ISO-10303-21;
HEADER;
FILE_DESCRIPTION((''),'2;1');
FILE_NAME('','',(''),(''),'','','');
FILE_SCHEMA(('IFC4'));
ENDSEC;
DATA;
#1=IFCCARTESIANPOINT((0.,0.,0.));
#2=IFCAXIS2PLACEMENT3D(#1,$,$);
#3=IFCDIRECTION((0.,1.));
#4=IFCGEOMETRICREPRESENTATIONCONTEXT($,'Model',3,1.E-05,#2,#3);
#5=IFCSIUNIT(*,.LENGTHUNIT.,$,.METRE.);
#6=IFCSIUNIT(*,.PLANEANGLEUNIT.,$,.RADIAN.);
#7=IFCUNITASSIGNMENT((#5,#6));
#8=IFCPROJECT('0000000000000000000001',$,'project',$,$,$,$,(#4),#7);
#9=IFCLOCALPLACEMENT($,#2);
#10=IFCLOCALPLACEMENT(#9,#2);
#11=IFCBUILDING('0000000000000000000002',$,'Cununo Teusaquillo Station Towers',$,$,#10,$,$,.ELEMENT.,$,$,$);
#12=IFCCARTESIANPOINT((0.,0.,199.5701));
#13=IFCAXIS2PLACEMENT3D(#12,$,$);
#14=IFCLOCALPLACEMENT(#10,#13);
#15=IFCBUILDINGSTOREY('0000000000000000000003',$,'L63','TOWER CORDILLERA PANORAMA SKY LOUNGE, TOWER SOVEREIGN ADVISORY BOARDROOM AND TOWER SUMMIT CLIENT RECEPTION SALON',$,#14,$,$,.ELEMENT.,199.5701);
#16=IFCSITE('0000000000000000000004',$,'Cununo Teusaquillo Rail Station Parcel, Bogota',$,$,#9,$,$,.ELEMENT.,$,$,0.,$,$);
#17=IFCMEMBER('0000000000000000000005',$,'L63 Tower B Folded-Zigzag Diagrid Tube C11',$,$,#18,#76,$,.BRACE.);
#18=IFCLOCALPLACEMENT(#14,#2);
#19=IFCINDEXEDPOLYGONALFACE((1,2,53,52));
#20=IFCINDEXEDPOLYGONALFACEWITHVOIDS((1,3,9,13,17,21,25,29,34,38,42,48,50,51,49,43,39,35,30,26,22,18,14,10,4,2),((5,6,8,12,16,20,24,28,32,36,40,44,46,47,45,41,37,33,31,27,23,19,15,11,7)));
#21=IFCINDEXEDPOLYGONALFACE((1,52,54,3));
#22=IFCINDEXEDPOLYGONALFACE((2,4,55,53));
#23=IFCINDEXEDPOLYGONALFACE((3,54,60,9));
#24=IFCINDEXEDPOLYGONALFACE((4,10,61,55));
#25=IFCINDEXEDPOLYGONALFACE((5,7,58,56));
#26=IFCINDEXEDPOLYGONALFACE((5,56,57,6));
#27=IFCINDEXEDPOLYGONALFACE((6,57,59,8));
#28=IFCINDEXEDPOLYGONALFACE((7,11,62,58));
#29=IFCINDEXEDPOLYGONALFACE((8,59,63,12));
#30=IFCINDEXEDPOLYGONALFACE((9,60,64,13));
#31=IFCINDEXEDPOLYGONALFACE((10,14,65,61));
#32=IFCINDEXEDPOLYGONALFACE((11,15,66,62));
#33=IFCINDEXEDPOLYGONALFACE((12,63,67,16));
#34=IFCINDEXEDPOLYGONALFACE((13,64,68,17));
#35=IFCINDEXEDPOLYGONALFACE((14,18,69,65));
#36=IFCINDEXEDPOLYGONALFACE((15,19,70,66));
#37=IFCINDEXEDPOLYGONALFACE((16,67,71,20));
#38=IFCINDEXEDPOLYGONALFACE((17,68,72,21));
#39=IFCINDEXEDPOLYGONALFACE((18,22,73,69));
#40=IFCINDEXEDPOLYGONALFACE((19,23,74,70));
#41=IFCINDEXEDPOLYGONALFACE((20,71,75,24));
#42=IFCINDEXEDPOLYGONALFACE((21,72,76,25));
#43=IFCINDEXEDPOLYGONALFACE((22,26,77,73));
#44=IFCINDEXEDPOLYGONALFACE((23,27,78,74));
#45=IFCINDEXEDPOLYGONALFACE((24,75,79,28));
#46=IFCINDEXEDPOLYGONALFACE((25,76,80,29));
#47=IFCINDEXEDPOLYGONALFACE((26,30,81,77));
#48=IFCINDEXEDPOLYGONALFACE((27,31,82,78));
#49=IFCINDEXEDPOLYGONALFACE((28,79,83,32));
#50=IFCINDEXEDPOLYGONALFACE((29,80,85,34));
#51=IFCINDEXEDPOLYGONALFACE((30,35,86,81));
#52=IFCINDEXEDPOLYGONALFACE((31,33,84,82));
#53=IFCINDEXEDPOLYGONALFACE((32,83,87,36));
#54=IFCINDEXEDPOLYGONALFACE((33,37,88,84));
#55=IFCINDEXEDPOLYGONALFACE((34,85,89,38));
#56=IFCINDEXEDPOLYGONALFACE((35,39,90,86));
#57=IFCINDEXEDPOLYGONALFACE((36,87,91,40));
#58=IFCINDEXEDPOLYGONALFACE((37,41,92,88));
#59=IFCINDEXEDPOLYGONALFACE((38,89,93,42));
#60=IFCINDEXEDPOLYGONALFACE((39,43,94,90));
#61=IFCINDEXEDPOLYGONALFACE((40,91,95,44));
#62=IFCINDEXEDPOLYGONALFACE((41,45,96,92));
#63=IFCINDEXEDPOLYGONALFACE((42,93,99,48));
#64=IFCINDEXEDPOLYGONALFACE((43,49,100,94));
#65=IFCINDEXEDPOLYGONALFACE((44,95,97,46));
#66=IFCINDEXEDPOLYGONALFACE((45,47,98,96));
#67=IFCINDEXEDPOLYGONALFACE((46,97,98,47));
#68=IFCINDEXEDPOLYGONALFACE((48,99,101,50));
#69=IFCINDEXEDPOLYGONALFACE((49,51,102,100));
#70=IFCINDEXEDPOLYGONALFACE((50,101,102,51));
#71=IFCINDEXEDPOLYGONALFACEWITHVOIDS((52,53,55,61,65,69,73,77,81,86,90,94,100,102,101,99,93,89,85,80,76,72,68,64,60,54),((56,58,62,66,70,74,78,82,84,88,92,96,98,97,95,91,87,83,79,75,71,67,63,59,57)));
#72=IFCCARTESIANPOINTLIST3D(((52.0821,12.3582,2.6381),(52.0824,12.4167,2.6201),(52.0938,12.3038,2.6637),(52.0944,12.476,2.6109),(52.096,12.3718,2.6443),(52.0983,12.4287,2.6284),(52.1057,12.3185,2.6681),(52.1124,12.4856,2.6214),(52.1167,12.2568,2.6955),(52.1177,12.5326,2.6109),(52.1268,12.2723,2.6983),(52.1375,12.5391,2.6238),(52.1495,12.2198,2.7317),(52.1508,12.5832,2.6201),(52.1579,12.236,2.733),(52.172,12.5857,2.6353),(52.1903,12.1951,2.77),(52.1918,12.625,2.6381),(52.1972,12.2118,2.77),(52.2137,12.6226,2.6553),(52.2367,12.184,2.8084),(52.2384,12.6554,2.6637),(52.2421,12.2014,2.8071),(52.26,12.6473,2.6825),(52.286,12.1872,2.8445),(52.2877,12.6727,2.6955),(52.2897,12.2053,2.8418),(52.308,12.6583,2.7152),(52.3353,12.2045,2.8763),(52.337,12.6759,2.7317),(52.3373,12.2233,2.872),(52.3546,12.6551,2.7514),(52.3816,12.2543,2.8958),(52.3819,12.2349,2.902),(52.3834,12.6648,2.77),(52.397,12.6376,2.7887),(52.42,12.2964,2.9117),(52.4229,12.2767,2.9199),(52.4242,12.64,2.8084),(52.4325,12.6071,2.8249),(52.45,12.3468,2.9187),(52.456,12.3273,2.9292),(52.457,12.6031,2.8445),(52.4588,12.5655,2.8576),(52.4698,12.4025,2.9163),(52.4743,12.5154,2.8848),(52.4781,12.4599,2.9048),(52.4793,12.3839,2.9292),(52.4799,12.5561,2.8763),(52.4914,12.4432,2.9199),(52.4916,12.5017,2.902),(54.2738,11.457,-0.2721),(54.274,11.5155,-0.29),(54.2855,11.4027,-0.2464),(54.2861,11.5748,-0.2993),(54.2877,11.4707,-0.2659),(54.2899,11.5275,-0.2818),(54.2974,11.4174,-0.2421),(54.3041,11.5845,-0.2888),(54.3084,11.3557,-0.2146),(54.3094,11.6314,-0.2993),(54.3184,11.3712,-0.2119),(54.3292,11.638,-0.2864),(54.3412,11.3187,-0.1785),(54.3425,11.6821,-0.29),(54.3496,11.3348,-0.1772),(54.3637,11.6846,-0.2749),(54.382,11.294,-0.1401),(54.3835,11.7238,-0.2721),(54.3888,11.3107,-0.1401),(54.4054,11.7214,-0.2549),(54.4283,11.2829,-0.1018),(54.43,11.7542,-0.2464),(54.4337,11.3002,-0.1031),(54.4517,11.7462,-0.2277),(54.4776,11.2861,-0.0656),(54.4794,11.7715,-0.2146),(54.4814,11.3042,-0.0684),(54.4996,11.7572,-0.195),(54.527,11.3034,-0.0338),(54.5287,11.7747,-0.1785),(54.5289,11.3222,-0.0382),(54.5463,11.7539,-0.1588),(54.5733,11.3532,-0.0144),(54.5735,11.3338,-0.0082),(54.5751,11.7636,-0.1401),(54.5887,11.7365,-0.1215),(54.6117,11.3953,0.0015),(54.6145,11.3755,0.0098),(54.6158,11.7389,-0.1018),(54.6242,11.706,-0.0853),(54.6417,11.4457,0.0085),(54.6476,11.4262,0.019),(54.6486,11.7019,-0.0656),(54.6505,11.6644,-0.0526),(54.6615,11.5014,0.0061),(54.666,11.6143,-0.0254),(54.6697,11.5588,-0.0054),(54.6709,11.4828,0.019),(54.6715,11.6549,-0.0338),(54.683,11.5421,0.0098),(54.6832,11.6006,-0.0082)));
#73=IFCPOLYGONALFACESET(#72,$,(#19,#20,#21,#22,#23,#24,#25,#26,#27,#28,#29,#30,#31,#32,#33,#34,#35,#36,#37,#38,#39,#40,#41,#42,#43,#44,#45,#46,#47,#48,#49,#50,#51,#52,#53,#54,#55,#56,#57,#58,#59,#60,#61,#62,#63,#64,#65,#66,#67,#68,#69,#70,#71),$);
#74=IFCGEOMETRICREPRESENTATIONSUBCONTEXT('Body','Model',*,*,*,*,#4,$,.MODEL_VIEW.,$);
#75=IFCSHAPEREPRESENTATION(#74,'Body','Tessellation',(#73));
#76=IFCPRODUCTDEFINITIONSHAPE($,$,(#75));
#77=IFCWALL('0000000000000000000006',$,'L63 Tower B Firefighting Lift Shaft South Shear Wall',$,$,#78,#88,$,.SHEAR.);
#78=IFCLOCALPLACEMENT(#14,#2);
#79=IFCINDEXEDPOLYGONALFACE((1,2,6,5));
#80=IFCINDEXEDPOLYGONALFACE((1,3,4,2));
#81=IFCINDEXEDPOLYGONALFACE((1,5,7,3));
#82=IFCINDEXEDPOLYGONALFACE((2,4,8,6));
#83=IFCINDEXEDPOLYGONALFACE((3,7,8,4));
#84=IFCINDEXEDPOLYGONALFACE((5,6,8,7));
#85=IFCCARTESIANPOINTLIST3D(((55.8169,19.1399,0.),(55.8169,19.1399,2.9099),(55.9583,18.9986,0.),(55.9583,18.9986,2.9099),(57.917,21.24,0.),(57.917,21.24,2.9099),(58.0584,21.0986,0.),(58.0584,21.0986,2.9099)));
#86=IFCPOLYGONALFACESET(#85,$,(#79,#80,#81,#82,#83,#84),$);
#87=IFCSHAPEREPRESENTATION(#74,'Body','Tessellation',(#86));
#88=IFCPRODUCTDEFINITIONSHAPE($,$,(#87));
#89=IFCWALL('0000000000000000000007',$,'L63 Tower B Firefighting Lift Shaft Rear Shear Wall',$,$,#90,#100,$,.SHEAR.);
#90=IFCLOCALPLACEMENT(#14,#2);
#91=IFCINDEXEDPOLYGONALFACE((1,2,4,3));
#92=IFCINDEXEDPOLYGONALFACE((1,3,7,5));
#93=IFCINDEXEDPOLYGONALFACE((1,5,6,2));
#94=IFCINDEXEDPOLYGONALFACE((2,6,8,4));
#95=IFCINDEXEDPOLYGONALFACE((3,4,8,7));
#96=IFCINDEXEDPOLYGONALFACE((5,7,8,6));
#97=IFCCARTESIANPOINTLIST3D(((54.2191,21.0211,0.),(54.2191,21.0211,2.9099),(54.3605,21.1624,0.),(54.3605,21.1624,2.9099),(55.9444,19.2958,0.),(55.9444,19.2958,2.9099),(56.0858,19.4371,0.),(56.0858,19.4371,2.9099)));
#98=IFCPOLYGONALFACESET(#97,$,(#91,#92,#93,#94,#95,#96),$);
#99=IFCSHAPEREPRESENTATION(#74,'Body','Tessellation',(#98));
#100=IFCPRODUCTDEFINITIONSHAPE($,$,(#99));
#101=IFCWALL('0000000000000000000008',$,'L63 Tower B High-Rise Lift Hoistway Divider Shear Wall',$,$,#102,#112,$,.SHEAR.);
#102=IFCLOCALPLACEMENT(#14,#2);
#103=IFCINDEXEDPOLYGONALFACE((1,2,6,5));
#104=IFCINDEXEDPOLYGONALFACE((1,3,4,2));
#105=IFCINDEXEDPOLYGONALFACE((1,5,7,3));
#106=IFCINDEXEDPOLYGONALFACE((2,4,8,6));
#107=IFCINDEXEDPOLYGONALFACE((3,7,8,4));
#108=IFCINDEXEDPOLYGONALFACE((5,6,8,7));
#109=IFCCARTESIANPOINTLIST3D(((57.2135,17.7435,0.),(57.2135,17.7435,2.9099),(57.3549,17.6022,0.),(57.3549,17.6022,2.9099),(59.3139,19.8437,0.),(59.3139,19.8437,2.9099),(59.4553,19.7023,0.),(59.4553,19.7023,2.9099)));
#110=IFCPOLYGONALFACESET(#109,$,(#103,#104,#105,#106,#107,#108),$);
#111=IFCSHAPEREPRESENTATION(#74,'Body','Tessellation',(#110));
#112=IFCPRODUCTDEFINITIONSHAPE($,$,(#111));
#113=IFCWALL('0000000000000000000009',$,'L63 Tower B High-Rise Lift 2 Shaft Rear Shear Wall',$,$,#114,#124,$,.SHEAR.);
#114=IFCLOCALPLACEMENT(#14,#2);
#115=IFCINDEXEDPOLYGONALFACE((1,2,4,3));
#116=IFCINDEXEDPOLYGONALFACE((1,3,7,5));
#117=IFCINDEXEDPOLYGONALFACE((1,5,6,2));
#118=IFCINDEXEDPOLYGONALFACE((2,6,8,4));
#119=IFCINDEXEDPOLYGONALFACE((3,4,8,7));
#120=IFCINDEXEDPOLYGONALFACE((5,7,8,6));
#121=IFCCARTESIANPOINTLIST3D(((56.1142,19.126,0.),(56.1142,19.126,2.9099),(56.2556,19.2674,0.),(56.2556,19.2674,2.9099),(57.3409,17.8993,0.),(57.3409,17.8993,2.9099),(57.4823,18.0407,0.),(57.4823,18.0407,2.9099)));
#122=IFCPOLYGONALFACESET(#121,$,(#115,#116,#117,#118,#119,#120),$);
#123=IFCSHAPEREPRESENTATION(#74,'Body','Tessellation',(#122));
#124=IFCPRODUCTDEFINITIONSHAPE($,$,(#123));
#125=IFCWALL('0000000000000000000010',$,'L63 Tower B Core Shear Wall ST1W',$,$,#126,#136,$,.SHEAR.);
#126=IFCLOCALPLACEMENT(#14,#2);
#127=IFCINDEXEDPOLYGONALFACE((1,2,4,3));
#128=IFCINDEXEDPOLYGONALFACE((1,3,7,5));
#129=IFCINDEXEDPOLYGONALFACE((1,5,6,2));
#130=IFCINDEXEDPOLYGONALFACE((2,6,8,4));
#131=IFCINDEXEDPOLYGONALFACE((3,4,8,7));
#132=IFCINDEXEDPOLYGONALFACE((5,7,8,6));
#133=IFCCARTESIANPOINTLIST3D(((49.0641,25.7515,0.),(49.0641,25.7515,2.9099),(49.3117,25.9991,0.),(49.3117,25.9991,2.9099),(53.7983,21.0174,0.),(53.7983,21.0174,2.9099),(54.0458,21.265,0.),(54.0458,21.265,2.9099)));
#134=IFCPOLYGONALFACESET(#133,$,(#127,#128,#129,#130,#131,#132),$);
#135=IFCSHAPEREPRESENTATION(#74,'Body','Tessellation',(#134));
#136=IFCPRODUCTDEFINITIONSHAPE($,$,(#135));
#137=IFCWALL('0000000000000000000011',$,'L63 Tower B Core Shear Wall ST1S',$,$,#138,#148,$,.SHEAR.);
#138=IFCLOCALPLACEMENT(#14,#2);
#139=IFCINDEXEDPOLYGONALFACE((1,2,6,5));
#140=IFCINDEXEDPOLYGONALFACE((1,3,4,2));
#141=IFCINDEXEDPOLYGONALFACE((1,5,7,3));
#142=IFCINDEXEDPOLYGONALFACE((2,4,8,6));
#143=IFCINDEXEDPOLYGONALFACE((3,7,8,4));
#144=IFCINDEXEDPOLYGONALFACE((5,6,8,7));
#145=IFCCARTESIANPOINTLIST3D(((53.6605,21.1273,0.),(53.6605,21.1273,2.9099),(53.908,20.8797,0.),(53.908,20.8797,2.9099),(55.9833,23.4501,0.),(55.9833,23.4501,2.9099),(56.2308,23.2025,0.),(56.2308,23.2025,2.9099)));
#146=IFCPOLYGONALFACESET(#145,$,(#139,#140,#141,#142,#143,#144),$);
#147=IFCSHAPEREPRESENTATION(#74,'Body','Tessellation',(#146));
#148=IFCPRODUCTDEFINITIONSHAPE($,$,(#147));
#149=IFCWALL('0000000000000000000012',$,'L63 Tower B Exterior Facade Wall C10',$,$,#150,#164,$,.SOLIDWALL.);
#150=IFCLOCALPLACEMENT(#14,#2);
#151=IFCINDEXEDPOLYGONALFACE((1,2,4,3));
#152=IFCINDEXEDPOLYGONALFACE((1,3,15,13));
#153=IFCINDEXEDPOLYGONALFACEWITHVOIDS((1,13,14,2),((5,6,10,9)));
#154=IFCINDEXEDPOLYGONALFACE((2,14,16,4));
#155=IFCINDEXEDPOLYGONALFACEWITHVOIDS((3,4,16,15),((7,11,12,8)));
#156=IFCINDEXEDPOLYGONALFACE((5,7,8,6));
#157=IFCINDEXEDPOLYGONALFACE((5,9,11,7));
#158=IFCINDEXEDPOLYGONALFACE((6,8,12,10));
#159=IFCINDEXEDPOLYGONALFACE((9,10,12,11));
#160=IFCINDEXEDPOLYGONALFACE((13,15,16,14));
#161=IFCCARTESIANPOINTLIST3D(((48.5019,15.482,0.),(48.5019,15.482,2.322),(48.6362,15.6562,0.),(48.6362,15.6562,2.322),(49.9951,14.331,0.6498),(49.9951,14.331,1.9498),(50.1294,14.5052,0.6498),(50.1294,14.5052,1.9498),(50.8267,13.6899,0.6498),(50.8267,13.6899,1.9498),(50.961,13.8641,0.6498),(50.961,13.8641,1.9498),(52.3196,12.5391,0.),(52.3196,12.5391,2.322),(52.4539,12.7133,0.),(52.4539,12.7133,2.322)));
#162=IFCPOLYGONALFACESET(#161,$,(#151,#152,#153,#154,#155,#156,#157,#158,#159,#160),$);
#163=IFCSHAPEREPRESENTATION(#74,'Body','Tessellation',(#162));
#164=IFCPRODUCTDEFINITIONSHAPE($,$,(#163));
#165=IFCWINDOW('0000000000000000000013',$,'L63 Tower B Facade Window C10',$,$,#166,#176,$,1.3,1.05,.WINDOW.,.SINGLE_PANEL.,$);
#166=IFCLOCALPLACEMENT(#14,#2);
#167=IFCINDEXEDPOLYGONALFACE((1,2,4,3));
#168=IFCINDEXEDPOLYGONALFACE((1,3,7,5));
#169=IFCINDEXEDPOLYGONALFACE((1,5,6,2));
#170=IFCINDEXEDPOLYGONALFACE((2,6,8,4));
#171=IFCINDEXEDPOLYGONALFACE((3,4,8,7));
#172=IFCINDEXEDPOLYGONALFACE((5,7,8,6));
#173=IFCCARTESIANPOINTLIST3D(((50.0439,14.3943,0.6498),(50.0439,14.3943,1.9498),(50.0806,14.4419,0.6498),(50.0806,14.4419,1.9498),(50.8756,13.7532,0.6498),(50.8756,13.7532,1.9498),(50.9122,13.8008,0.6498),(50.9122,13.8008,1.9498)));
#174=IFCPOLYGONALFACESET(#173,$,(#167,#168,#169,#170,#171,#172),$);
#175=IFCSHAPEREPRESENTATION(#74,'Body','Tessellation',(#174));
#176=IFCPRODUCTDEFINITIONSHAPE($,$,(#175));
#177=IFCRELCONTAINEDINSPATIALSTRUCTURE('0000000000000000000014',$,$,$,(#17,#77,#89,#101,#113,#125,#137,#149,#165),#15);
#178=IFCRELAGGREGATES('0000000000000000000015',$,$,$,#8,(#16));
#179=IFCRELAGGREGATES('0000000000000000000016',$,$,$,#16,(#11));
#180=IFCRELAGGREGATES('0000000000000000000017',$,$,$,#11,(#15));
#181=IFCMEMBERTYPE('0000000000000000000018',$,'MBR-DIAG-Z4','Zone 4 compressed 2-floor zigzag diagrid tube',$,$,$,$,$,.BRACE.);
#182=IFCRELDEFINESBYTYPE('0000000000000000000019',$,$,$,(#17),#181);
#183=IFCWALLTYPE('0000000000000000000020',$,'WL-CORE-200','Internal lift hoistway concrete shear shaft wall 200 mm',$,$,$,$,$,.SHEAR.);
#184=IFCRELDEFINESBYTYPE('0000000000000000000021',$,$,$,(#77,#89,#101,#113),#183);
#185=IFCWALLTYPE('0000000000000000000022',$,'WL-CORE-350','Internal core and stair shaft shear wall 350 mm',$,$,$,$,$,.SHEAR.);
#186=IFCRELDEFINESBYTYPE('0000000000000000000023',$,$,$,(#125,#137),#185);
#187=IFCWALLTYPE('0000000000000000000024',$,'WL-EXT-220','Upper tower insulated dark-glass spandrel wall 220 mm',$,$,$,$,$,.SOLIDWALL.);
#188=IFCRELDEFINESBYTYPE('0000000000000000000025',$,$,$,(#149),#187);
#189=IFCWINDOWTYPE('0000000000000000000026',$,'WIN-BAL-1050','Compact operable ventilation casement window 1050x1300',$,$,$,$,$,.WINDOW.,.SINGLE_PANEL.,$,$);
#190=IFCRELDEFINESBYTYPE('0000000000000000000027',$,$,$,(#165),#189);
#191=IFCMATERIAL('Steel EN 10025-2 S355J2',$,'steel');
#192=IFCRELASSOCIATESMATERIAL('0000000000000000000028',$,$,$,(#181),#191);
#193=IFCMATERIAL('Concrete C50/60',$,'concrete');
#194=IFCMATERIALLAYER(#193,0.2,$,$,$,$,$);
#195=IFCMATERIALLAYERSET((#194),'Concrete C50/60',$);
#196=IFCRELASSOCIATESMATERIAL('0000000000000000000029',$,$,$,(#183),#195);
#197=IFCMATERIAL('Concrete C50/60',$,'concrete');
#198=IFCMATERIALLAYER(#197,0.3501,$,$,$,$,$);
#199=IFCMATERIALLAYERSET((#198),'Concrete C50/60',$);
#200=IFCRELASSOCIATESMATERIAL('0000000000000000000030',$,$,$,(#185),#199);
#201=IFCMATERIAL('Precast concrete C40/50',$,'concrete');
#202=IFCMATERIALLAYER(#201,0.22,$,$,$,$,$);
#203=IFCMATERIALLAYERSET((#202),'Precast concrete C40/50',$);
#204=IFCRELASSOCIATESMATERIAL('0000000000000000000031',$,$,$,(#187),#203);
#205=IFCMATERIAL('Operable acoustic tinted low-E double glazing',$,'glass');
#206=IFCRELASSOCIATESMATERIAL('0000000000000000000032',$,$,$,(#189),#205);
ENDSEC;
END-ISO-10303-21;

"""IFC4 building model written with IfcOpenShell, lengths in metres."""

from ifc_helpers import new_model, si_unit, direction, frame, frame_2d, origin, origin_2d, place, context, subcontext, project, spatial, rectangle, hollow_circle, extrude, source, transform, mapped, material, layer, layer_set, material_profile, profile_set, type_object, element, fill, save


model = new_model("IFC4")

# Units and contexts
model_context = context("Model", 3, precision=1e-05, world=origin(), true_north=direction((0.0, 1.0)))
body_context = subcontext(model_context, "Body", "Model", "MODEL_VIEW")
ifc_project = project(units=[si_unit("LENGTHUNIT", "METRE"), si_unit("PLANEANGLEUNIT", "RADIAN")], contexts=[model_context])

# Site, building, storey
site_placement = place(None, origin())
site = spatial("IfcSite", under=ifc_project, at=site_placement, Name="Cununo Teusaquillo Rail Station Parcel, Bogota", CompositionType="ELEMENT", RefElevation=0.0)
building_placement = place(site_placement, origin())
building = spatial("IfcBuilding", under=site, at=building_placement, Name="Cununo Teusaquillo Station Towers", CompositionType="ELEMENT")
storey_placement = place(building_placement, frame((0.0, 0.0, 199.5701)))
storey = spatial("IfcBuildingStorey", under=building, at=storey_placement, Name="L63", Description="TOWER CORDILLERA PANORAMA SKY LOUNGE, TOWER SOVEREIGN ADVISORY BOARDROOM AND TOWER SUMMIT CLIENT RECEPTION SALON", CompositionType="ELEMENT", Elevation=199.5701)

# Member
ifc_material_1 = material(Name="Steel EN 10025-2 S355J2", Category="steel")
ifc_material_profile_1 = material_profile(ifc_material_1, hollow_circle(Radius=0.2539, WallThickness=0.0181, at=origin_2d()), Name="CHS 508x18")
ifc_profile_set_1 = profile_set([ifc_material_profile_1], Name="Steel EN 10025-2 S355J2")
member_type = type_object("IfcMemberType", Name="MBR-DIAG-Z4", Description="Zone 4 compressed 2-floor zigzag diagrid tube", PredefinedType="BRACE", material=ifc_profile_set_1)
member_placement = place(storey_placement, frame((54.4785, 11.5288, -0.1401), z_axis=(-0.583986, 0.240113, 0.775439), x_axis=(-0.380273, -0.924874, 0.0)))
element("IfcMember", 1, at=member_placement, inside=storey, type_object=member_type, Name="L63 Tower B Folded-Zigzag Diagrid Tube C11", PredefinedType="BRACE", context=body_context, shape_type="SweptSolid", body=[
    extrude(hollow_circle(Radius=0.2539, WallThickness=0.0181, at=origin_2d()), origin(), (0.0, 0.0, 1.0), 3.7529),
])

# Walls
ifc_material_2 = material(Name="Concrete C50/60", Category="concrete")
ifc_layer_1 = layer(ifc_material_2, 0.2)
ifc_layer_set_1 = layer_set([ifc_layer_1], Name="Concrete C50/60")
wall_type_1 = type_object("IfcWallType", Name="WL-CORE-200", Description="Internal lift hoistway concrete shear shaft wall 200 mm", PredefinedType="SHEAR", material=ifc_layer_set_1)
wall_1_placement = place(storey_placement, frame((55.8877, 19.0693, 0.0), z_axis=(0.0, 0.0, 1.0), x_axis=(0.707107, 0.707107, 0.0)))
element("IfcWall", 2, at=wall_1_placement, inside=storey, type_object=wall_type_1, Name="L63 Tower B Firefighting Lift Shaft South Shear Wall", PredefinedType="SHEAR", context=body_context, shape_type="SweptSolid", body=[
    extrude(rectangle(XDim=2.97, YDim=0.2, at=frame_2d((1.4849, 0.0))), origin(), (0.0, 0.0, 1.0), 2.9099),
])
wall_2_placement = place(storey_placement, frame((56.0151, 19.3665, 0.0), z_axis=(0.0, 0.0, 1.0), x_axis=(-0.707107, 0.707107, 0.0)))
element("IfcWall", 3, at=wall_2_placement, inside=storey, type_object=wall_type_1, Name="L63 Tower B Firefighting Lift Shaft Rear Shear Wall", PredefinedType="SHEAR", context=body_context, shape_type="SweptSolid", body=[
    extrude(rectangle(XDim=2.4399, YDim=0.2, at=frame_2d((1.22, 0.0))), origin(), (0.0, 0.0, 1.0), 2.9099),
])
wall_3_placement = place(storey_placement, frame((57.2842, 17.6729, 0.0), z_axis=(0.0, 0.0, 1.0), x_axis=(0.707148, 0.707066, 0.0)))
element("IfcWall", 4, at=wall_3_placement, inside=storey, type_object=wall_type_1, Name="L63 Tower B High-Rise Lift Hoistway Divider Shear Wall", PredefinedType="SHEAR", context=body_context, shape_type="SweptSolid", body=[
    extrude(rectangle(XDim=2.9702, YDim=0.2, at=frame_2d((1.4851, 0.0))), origin(), (0.0, 0.0, 1.0), 2.9099),
])
wall_4_placement = place(storey_placement, frame((57.4116, 17.97, 0.0), z_axis=(0.0, 0.0, 1.0), x_axis=(-0.707107, 0.707107, 0.0)))
element("IfcWall", 5, at=wall_4_placement, inside=storey, type_object=wall_type_1, Name="L63 Tower B High-Rise Lift 2 Shaft Rear Shear Wall", PredefinedType="SHEAR", context=body_context, shape_type="SweptSolid", body=[
    extrude(rectangle(XDim=1.7349, YDim=0.2, at=frame_2d((0.8674, 0.0))), origin(), (0.0, 0.0, 1.0), 2.9099),
])
ifc_material_3 = material(Name="Concrete C50/60", Category="concrete")
ifc_layer_2 = layer(ifc_material_3, 0.3501)
ifc_layer_set_2 = layer_set([ifc_layer_2], Name="Concrete C50/60")
wall_type_2 = type_object("IfcWallType", Name="WL-CORE-350", Description="Internal core and stair shaft shear wall 350 mm", PredefinedType="SHEAR", material=ifc_layer_set_2)
wall_5_placement = place(storey_placement, frame((53.9221, 21.1411, 0.0), z_axis=(0.0, 0.0, 1.0), x_axis=(-0.707107, 0.707107, 0.0)))
element("IfcWall", 6, at=wall_5_placement, inside=storey, type_object=wall_type_2, Name="L63 Tower B Core Shear Wall ST1W", PredefinedType="SHEAR", context=body_context, shape_type="SweptSolid", body=[
    extrude(rectangle(XDim=6.6951, YDim=0.3501, at=frame_2d((3.3477, 0.0))), origin(), (0.0, 0.0, 1.0), 2.9099),
])
wall_6_placement = place(storey_placement, frame((53.7842, 21.0034, 0.0), z_axis=(0.0, 0.0, 1.0), x_axis=(0.707107, 0.707107, 0.0)))
element("IfcWall", 7, at=wall_6_placement, inside=storey, type_object=wall_type_2, Name="L63 Tower B Core Shear Wall ST1S", PredefinedType="SHEAR", context=body_context, shape_type="SweptSolid", body=[
    extrude(rectangle(XDim=3.2849, YDim=0.3501, at=frame_2d((1.6426, 0.0))), origin(), (0.0, 0.0, 1.0), 2.9099),
])

# Wall, opening, window
ifc_material_4 = material(Name="Precast concrete C40/50", Category="concrete")
ifc_layer_3 = layer(ifc_material_4, 0.22)
ifc_layer_set_3 = layer_set([ifc_layer_3], Name="Precast concrete C40/50")
wall_type_3 = type_object("IfcWallType", Name="WL-EXT-220", Description="Upper tower insulated dark-glass spandrel wall 220 mm", PredefinedType="SOLIDWALL", material=ifc_layer_set_3)
wall_7_placement = place(storey_placement, frame((52.3867, 12.6262, 0.0), z_axis=(0.0, 0.0, 1.0), x_axis=(-0.791998, 0.610523, 0.0)))
wall_7 = element("IfcWall", 8, at=wall_7_placement, inside=storey, type_object=wall_type_3, Name="L63 Tower B Exterior Facade Wall C10", PredefinedType="SOLIDWALL", context=body_context, shape_type="SweptSolid", body=[
    extrude(rectangle(XDim=4.8203, YDim=0.22, at=frame_2d((2.4102, 0.0))), origin(), (0.0, 0.0, 1.0), 2.322),
])
shared_shape_1 = source(origin(), body_context, "Body", "SweptSolid", [
    extrude(rectangle(XDim=1.05, YDim=1.3, at=frame_2d((0.5249, 0.6499))), frame((0.0, 0.1199, 0.0), z_axis=(0.0, -1.0, 0.0), x_axis=(1.0, 0.0, 0.0)), (0.0, 0.0, 1.0), 0.24),
])
opening_1_placement = place(wall_7_placement, frame((1.885, 0.0, 0.6499)))
opening_1 = element("IfcOpeningElement", 9, at=opening_1_placement, cuts=wall_7, PredefinedType="OPENING", context=body_context, shape_type="MappedRepresentation", body=[
    mapped(shared_shape_1, transform((0.0, 0.0, 0.0), x_axis=(1.0, 0.0, 0.0), y_axis=(0.0, 1.0, 0.0), z_axis=(0.0, 0.0, 1.0), scale=1.0)),
])
ifc_material_5 = material(Name="Operable acoustic tinted low-E double glazing", Category="glass")
window_type = type_object("IfcWindowType", Name="WIN-BAL-1050", Description="Compact operable ventilation casement window 1050x1300", PartitioningType="SINGLE_PANEL", PredefinedType="WINDOW", material=ifc_material_5)
shared_shape_2 = source(origin(), body_context, "Body", "SweptSolid", [
    extrude(rectangle(XDim=1.05, YDim=1.3, at=frame_2d((0.5249, 0.6499))), frame((0.0, 0.03, 0.0), z_axis=(0.0, -1.0, 0.0), x_axis=(1.0, 0.0, 0.0)), (0.0, 0.0, 1.0), 0.0601),
])
window_placement = place(opening_1_placement, origin())
window = element("IfcWindow", 10, at=window_placement, inside=storey, type_object=window_type, Name="L63 Tower B Facade Window C10", OverallHeight=1.3, OverallWidth=1.05, PartitioningType="SINGLE_PANEL", PredefinedType="WINDOW", context=body_context, shape_type="MappedRepresentation", body=[
    mapped(shared_shape_2, transform((0.0, 0.0, 0.0), x_axis=(1.0, 0.0, 0.0), y_axis=(0.0, 1.0, 0.0), z_axis=(0.0, 0.0, 1.0), scale=1.0)),
])
fill(opening_1, window)

save(model, "model.ifc")
